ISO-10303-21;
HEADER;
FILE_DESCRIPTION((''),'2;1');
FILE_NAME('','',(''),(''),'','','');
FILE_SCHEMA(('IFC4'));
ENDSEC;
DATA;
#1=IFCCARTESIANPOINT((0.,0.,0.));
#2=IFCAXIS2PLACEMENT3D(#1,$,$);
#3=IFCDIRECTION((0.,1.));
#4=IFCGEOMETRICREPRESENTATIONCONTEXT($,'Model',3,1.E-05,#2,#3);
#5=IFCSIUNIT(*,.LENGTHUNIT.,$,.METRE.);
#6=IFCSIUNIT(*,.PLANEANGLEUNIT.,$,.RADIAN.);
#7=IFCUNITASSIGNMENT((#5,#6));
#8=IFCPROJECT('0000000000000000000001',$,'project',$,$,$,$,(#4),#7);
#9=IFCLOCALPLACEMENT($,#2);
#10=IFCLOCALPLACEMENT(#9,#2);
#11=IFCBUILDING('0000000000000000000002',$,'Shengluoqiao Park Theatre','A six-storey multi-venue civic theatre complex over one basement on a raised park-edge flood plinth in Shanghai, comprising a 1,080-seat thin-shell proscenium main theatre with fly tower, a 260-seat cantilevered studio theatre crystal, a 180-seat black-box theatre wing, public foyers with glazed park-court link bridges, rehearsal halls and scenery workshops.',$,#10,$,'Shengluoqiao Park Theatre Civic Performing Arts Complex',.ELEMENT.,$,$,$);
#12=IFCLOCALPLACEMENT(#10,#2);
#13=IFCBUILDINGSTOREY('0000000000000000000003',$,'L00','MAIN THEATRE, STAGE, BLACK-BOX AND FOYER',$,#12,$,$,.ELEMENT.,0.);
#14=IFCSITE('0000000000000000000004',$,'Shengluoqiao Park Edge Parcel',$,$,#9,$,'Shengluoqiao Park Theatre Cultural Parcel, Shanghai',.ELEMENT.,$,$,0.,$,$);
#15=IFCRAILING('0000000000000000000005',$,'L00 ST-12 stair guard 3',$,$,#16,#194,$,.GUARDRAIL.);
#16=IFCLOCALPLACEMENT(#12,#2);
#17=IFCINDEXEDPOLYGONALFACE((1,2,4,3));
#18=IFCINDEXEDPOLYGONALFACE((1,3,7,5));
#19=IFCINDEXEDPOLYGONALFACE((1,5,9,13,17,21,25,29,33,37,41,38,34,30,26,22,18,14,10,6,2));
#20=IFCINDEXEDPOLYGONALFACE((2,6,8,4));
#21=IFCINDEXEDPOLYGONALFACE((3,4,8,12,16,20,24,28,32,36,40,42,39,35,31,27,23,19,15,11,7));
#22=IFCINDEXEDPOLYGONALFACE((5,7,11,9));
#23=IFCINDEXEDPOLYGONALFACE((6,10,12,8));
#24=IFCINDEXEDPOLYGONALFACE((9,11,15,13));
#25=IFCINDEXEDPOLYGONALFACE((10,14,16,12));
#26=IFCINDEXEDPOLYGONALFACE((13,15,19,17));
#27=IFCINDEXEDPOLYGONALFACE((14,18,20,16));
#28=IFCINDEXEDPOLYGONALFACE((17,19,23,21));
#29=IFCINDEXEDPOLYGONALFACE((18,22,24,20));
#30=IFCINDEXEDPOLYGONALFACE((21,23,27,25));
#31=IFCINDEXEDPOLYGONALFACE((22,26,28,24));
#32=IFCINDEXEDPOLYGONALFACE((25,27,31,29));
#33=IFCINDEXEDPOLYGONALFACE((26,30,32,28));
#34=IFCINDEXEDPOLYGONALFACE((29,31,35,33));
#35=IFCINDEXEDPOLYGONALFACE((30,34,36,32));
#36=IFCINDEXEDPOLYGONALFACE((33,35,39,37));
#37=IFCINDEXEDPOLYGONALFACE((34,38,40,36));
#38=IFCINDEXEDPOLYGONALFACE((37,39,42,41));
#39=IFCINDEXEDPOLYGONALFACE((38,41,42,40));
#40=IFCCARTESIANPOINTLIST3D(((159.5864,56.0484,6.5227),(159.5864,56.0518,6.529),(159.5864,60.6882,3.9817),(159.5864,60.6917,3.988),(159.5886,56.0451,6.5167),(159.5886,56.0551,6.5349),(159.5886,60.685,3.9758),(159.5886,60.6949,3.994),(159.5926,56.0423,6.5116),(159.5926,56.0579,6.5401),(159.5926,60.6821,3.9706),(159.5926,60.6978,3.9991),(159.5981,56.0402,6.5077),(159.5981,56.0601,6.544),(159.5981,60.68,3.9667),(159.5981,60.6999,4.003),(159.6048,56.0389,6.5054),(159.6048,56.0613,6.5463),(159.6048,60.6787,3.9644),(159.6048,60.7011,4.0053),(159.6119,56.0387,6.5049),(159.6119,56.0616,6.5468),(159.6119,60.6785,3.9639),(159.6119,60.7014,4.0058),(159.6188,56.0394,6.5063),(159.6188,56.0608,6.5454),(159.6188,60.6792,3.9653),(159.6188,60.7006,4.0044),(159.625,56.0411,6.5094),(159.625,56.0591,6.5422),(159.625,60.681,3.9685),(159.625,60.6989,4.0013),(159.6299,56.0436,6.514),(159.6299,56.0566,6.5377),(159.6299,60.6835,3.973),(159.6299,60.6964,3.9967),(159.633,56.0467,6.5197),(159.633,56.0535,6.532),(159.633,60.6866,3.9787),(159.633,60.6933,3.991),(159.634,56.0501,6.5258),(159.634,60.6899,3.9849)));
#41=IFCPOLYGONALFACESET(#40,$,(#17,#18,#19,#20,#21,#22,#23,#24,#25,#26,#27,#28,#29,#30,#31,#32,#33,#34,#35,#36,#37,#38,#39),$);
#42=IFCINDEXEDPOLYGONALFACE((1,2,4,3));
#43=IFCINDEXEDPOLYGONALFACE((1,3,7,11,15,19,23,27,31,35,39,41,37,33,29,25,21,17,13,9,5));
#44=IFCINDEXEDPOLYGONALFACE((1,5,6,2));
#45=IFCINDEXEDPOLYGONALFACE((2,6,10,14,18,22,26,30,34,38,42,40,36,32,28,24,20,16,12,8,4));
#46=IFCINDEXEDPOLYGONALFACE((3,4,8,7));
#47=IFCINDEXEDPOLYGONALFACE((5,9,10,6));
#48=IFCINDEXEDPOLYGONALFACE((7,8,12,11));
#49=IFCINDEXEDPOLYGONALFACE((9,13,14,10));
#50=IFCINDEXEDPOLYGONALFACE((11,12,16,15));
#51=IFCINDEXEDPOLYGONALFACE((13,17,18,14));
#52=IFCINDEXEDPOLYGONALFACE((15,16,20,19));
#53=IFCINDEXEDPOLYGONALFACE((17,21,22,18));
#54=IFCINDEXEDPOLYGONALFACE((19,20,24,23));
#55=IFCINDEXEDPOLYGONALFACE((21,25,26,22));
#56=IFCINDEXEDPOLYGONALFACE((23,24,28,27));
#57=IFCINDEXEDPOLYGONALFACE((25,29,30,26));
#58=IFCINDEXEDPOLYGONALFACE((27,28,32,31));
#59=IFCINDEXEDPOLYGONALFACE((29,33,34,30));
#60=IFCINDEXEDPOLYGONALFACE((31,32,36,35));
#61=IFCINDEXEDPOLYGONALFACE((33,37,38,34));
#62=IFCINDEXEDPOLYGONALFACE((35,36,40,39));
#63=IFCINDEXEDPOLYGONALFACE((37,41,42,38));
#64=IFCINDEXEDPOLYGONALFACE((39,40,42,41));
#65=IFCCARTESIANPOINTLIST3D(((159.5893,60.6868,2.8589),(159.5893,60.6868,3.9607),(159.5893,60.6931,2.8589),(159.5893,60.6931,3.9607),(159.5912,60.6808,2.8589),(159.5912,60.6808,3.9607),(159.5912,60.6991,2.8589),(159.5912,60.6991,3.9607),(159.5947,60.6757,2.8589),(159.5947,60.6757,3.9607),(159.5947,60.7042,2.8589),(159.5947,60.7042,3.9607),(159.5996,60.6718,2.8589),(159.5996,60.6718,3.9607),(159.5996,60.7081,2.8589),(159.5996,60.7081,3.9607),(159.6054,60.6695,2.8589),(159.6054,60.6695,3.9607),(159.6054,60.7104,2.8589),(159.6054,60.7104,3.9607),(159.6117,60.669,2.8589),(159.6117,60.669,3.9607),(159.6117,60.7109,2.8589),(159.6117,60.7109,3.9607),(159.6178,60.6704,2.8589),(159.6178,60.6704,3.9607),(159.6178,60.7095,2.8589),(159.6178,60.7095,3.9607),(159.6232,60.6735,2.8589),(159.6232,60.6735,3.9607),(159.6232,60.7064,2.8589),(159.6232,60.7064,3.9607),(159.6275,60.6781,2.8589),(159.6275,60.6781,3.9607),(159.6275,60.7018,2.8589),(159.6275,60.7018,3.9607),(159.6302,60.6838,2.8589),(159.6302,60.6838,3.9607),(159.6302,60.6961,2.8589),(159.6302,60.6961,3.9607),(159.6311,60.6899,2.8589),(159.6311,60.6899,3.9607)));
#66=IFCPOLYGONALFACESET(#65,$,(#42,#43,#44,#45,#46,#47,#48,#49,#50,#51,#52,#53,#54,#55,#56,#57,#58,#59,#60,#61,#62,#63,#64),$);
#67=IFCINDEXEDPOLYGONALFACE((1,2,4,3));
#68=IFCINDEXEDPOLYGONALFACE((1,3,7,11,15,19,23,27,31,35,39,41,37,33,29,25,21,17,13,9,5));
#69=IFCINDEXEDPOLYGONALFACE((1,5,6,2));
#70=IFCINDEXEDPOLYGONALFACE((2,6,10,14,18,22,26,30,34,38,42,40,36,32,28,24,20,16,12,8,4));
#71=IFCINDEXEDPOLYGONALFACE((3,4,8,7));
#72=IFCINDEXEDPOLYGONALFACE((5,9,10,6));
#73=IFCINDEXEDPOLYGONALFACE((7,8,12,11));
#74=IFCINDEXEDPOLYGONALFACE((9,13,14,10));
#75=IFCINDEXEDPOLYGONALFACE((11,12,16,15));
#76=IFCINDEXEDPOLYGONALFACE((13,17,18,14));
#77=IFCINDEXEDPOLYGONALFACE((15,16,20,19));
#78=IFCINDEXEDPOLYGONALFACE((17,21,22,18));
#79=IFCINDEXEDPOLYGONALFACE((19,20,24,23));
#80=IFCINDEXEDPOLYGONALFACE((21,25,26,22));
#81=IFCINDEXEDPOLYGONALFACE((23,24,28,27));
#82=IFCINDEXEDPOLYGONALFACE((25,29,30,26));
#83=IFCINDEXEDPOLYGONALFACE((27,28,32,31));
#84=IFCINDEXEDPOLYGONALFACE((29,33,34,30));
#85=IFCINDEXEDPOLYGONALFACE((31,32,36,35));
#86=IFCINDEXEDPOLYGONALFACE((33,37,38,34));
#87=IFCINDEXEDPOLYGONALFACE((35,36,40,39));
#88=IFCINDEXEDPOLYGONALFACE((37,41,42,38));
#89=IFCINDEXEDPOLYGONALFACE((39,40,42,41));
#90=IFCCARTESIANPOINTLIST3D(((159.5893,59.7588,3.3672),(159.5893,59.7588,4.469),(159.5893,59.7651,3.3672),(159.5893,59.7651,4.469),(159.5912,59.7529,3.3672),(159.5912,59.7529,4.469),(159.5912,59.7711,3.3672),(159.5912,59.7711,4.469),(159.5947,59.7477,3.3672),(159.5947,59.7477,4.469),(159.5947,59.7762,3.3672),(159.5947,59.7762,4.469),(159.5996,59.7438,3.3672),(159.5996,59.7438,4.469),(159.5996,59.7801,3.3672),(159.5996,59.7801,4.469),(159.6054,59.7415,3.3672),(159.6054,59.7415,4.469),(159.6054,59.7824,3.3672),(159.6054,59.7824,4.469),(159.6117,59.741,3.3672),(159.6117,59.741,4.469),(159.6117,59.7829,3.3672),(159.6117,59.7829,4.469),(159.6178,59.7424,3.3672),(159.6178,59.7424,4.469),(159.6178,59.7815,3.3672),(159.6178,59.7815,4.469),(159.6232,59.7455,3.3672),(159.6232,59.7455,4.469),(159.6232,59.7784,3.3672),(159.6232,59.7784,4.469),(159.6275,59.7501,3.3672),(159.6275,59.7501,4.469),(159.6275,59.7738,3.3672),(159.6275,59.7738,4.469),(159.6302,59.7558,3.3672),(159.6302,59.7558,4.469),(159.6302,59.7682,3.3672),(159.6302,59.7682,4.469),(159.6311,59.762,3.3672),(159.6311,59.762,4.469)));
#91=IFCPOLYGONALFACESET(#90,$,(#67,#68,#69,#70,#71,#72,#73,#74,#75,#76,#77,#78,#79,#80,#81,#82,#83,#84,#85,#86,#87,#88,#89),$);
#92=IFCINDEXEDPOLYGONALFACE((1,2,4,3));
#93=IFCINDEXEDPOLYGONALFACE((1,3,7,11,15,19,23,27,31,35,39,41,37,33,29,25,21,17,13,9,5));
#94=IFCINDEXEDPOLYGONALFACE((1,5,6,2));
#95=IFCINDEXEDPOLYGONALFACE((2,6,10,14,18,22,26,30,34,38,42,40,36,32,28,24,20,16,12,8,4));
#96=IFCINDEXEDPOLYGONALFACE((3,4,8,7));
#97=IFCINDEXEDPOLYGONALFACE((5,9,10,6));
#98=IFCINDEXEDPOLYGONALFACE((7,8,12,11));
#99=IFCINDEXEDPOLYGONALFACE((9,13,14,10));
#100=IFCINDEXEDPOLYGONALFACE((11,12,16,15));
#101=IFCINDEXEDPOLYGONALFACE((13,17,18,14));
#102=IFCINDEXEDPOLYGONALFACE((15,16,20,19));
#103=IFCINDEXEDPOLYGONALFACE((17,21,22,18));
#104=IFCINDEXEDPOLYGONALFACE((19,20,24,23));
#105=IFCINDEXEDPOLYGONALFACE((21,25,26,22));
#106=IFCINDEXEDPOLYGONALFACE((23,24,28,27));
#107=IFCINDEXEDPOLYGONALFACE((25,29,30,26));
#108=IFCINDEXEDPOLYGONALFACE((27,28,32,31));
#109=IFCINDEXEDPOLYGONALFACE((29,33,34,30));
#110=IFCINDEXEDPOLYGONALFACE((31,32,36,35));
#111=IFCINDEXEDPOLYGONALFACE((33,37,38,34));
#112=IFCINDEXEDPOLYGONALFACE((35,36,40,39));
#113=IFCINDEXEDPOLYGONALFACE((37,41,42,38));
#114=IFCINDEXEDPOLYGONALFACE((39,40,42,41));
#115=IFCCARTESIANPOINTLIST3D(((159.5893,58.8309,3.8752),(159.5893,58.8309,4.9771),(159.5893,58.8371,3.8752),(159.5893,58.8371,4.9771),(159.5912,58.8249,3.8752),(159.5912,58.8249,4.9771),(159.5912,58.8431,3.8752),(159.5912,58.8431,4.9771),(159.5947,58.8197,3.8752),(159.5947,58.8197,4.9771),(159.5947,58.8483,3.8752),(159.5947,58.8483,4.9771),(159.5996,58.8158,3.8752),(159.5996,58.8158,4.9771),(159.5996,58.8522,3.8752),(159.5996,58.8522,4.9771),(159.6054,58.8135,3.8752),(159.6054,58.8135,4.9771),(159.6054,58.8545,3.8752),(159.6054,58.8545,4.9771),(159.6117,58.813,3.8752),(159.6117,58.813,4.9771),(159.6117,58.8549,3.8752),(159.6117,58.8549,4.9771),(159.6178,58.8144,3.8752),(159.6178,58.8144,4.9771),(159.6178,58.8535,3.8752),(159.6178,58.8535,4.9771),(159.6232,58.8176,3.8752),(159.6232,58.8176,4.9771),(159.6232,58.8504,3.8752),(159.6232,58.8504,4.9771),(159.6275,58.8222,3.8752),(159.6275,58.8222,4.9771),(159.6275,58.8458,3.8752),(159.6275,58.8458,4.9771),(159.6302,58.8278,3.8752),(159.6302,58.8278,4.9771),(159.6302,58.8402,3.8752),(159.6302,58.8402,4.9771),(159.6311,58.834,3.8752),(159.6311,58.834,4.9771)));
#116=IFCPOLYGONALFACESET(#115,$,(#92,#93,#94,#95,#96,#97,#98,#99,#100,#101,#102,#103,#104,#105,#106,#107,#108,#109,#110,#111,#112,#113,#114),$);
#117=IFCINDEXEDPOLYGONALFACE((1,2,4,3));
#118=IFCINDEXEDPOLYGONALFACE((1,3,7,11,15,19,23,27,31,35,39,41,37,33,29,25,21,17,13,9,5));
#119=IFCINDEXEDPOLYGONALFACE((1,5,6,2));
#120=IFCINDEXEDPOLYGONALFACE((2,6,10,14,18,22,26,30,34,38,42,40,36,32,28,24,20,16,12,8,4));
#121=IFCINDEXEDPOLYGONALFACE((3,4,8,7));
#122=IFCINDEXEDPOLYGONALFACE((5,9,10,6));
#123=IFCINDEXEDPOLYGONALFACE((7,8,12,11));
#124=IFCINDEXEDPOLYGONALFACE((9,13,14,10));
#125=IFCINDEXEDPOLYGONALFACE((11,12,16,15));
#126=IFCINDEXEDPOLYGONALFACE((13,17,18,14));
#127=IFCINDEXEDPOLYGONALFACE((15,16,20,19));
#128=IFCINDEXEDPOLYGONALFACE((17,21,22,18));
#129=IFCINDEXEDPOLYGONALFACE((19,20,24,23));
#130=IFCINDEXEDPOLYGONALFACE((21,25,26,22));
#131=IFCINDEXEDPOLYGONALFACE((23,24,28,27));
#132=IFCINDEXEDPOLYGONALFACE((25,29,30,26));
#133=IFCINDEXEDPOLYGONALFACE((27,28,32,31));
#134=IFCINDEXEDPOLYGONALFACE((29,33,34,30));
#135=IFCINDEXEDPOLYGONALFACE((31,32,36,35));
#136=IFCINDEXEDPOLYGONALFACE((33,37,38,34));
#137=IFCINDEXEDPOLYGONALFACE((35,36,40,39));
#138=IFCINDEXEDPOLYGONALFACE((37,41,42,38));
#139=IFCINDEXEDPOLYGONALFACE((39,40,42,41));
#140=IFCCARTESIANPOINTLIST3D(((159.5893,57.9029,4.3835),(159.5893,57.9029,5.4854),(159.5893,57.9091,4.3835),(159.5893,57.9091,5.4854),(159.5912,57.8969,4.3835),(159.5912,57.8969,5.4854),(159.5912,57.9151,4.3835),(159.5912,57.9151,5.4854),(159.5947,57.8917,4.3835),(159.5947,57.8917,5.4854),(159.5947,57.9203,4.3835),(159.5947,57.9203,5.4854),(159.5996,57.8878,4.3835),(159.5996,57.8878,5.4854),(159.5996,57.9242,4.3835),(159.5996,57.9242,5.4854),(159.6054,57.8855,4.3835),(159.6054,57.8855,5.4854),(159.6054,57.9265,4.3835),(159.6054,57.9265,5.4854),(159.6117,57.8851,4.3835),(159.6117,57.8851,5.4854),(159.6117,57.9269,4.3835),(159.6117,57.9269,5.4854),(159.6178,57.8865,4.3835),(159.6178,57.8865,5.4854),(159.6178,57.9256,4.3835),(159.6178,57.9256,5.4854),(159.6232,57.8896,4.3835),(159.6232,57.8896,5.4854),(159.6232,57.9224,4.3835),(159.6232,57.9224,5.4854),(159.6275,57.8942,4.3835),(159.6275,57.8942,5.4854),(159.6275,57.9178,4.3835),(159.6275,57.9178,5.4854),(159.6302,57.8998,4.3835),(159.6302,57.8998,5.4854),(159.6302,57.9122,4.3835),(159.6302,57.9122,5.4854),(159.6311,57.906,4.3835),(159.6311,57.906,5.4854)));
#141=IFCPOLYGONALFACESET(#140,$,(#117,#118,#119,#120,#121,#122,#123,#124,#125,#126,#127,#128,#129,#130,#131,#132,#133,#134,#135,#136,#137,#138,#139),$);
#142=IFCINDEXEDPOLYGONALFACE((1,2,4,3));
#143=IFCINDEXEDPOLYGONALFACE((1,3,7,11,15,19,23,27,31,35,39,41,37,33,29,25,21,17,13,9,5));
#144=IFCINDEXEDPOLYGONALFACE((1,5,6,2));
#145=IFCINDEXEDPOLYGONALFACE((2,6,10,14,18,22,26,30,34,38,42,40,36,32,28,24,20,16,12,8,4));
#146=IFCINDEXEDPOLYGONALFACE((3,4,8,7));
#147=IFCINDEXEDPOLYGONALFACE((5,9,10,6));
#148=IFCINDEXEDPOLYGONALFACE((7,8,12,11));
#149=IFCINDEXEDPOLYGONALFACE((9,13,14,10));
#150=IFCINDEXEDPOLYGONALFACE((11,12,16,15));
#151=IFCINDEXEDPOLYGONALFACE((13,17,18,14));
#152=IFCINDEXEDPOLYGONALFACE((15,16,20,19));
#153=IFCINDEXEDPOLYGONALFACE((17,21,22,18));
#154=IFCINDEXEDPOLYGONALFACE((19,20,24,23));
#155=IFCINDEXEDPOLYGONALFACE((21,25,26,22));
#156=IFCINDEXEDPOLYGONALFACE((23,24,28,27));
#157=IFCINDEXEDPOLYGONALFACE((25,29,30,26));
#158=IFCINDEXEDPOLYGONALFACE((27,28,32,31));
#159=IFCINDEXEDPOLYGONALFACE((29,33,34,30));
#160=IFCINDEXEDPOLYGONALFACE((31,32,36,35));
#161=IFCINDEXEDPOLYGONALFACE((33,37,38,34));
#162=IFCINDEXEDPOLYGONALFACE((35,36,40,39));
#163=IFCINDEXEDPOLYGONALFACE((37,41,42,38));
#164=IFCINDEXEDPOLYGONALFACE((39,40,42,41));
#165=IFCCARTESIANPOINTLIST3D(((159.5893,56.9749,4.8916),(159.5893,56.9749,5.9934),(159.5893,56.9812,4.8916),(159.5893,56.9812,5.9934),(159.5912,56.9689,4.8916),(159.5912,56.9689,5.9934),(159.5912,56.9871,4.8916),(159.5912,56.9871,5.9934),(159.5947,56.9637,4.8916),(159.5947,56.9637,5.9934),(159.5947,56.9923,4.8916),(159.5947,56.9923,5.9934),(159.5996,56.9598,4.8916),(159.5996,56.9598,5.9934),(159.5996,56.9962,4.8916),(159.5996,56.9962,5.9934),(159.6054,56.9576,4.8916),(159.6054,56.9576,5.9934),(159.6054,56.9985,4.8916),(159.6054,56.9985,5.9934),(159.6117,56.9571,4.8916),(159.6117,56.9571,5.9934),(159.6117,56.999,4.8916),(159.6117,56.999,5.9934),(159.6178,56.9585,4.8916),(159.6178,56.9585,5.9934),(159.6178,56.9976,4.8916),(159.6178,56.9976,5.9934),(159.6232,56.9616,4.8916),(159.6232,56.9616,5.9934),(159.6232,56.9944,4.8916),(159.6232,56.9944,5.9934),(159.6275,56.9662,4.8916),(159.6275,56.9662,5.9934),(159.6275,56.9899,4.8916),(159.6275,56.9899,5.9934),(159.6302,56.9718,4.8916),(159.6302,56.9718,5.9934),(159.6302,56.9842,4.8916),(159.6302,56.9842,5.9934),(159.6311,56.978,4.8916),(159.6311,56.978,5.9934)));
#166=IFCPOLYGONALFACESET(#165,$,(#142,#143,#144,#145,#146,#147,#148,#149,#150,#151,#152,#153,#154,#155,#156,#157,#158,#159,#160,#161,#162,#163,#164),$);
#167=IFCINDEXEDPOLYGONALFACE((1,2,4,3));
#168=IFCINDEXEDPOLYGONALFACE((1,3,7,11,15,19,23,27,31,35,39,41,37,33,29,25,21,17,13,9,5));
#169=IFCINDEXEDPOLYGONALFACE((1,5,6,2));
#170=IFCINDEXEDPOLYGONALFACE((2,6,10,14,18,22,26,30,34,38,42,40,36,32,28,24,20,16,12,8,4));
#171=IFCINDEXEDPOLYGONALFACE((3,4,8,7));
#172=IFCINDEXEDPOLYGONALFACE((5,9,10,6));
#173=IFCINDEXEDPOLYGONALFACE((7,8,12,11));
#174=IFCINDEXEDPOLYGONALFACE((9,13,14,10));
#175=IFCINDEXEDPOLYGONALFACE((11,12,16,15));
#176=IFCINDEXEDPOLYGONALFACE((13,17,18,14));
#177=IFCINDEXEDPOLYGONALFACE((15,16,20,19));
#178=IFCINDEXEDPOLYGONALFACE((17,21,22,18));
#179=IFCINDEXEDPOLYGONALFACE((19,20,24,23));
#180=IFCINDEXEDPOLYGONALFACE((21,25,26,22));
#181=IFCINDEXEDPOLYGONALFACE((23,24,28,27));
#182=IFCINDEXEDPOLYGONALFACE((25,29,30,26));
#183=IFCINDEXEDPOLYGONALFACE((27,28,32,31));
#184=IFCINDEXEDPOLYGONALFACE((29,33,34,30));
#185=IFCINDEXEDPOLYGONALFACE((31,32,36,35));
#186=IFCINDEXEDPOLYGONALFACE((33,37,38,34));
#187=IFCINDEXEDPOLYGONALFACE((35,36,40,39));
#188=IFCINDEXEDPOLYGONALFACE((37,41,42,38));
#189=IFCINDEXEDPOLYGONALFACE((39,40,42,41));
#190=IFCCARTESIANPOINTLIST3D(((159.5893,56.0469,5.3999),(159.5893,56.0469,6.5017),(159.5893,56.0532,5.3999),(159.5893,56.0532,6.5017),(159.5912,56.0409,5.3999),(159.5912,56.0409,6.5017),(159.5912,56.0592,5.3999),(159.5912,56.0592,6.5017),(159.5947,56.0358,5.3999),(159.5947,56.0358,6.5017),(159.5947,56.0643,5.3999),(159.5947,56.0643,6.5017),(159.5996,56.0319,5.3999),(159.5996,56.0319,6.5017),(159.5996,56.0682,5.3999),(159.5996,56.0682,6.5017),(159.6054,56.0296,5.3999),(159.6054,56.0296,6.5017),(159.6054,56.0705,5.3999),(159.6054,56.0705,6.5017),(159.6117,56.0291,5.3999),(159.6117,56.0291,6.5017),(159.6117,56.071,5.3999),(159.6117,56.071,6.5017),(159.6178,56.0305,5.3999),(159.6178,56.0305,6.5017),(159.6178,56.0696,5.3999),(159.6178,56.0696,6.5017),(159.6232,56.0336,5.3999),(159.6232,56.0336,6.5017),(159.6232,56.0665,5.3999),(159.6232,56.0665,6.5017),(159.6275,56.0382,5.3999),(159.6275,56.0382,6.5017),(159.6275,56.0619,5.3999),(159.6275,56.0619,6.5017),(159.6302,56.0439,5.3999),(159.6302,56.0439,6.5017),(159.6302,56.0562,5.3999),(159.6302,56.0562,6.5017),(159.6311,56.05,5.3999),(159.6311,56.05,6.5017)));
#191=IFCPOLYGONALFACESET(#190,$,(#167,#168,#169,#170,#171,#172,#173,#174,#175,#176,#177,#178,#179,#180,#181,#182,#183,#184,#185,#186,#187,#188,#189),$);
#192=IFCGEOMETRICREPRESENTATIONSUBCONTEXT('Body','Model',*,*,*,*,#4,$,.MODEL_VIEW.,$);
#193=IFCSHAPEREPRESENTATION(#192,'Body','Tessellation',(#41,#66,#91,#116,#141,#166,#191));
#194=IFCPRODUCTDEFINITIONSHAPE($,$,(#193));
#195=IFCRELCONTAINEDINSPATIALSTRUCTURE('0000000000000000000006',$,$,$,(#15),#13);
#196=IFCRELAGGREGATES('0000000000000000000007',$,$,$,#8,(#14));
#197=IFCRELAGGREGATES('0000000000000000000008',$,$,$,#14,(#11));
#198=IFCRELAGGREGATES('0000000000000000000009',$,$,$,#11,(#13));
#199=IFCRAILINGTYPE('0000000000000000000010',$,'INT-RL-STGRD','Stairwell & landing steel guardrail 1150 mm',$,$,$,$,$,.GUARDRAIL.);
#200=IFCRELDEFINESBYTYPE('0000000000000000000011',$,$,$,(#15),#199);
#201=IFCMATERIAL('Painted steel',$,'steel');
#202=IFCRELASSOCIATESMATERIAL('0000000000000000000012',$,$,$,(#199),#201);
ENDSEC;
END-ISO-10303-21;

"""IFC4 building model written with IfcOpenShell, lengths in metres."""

from ifc_helpers import new_model, si_unit, direction, frame, origin, origin_2d, place, context, subcontext, project, spatial, circle, extrude, material, type_object, element, save


model = new_model("IFC4")

# Units and contexts
model_context = context("Model", 3, precision=1e-05, world=origin(), true_north=direction((0.0, 1.0)))
body_context = subcontext(model_context, "Body", "Model", "MODEL_VIEW")
ifc_project = project(units=[si_unit("LENGTHUNIT", "METRE"), si_unit("PLANEANGLEUNIT", "RADIAN")], contexts=[model_context])

# Site, building, storey
site_placement = place(None, origin())
site = spatial("IfcSite", under=ifc_project, at=site_placement, Name="Shengluoqiao Park Edge Parcel", LongName="Shengluoqiao Park Theatre Cultural Parcel, Shanghai", CompositionType="ELEMENT", RefElevation=0.0)
building_placement = place(site_placement, origin())
building = spatial("IfcBuilding", under=site, at=building_placement, Name="Shengluoqiao Park Theatre", Description="A six-storey multi-venue civic theatre complex over one basement on a raised park-edge flood plinth in Shanghai, comprising a 1,080-seat thin-shell proscenium main theatre with fly tower, a 260-seat cantilevered studio theatre crystal, a 180-seat black-box theatre wing, public foyers with glazed park-court link bridges, rehearsal halls and scenery workshops.", LongName="Shengluoqiao Park Theatre Civic Performing Arts Complex", CompositionType="ELEMENT")
storey_placement = place(building_placement, origin())
storey = spatial("IfcBuildingStorey", under=building, at=storey_placement, Name="L00", Description="MAIN THEATRE, STAGE, BLACK-BOX AND FOYER", CompositionType="ELEMENT", Elevation=0.0)

# Railing
ifc_material_1 = material(Name="Painted steel", Category="steel")
railing_type_1 = type_object("IfcRailingType", Name="INT-RL-STGRD", Description="Stairwell & landing steel guardrail 1150 mm", PredefinedType="GUARDRAIL", material=ifc_material_1)
railing_1_placement = place(storey_placement, frame((159.6101, 60.6899, 2.8589)))
element("IfcRailing", 1, at=railing_1_placement, inside=storey, type_object=railing_type_1, Name="L00 ST-12 stair guard 3", PredefinedType="GUARDRAIL", context=body_context, shape_type="SweptSolid", body=[
    extrude(circle(Radius=0.0239, at=origin_2d()), frame((0.0, 0.0, 1.126), z_axis=(0.0, -0.877087, 0.480332), x_axis=(1.0, 0.0, 0.0)), (0.0, 0.0, 1.0), 5.29),
    extrude(circle(Radius=0.021, at=origin_2d()), origin(), (0.0, 0.0, 1.0), 1.1018),
    extrude(circle(Radius=0.021, at=origin_2d()), frame((0.0, -0.928, 0.5083)), (0.0, 0.0, 1.0), 1.1018),
    extrude(circle(Radius=0.021, at=origin_2d()), frame((0.0, -1.856, 1.0164)), (0.0, 0.0, 1.0), 1.1018),
    extrude(circle(Radius=0.021, at=origin_2d()), frame((0.0, -2.7839, 1.5247)), (0.0, 0.0, 1.0), 1.1018),
    extrude(circle(Radius=0.021, at=origin_2d()), frame((0.0, -3.7119, 2.0327)), (0.0, 0.0, 1.0), 1.1018),
    extrude(circle(Radius=0.021, at=origin_2d()), frame((0.0, -4.6399, 2.541)), (0.0, 0.0, 1.0), 1.1018),
])

save(model, "model.ifc")
